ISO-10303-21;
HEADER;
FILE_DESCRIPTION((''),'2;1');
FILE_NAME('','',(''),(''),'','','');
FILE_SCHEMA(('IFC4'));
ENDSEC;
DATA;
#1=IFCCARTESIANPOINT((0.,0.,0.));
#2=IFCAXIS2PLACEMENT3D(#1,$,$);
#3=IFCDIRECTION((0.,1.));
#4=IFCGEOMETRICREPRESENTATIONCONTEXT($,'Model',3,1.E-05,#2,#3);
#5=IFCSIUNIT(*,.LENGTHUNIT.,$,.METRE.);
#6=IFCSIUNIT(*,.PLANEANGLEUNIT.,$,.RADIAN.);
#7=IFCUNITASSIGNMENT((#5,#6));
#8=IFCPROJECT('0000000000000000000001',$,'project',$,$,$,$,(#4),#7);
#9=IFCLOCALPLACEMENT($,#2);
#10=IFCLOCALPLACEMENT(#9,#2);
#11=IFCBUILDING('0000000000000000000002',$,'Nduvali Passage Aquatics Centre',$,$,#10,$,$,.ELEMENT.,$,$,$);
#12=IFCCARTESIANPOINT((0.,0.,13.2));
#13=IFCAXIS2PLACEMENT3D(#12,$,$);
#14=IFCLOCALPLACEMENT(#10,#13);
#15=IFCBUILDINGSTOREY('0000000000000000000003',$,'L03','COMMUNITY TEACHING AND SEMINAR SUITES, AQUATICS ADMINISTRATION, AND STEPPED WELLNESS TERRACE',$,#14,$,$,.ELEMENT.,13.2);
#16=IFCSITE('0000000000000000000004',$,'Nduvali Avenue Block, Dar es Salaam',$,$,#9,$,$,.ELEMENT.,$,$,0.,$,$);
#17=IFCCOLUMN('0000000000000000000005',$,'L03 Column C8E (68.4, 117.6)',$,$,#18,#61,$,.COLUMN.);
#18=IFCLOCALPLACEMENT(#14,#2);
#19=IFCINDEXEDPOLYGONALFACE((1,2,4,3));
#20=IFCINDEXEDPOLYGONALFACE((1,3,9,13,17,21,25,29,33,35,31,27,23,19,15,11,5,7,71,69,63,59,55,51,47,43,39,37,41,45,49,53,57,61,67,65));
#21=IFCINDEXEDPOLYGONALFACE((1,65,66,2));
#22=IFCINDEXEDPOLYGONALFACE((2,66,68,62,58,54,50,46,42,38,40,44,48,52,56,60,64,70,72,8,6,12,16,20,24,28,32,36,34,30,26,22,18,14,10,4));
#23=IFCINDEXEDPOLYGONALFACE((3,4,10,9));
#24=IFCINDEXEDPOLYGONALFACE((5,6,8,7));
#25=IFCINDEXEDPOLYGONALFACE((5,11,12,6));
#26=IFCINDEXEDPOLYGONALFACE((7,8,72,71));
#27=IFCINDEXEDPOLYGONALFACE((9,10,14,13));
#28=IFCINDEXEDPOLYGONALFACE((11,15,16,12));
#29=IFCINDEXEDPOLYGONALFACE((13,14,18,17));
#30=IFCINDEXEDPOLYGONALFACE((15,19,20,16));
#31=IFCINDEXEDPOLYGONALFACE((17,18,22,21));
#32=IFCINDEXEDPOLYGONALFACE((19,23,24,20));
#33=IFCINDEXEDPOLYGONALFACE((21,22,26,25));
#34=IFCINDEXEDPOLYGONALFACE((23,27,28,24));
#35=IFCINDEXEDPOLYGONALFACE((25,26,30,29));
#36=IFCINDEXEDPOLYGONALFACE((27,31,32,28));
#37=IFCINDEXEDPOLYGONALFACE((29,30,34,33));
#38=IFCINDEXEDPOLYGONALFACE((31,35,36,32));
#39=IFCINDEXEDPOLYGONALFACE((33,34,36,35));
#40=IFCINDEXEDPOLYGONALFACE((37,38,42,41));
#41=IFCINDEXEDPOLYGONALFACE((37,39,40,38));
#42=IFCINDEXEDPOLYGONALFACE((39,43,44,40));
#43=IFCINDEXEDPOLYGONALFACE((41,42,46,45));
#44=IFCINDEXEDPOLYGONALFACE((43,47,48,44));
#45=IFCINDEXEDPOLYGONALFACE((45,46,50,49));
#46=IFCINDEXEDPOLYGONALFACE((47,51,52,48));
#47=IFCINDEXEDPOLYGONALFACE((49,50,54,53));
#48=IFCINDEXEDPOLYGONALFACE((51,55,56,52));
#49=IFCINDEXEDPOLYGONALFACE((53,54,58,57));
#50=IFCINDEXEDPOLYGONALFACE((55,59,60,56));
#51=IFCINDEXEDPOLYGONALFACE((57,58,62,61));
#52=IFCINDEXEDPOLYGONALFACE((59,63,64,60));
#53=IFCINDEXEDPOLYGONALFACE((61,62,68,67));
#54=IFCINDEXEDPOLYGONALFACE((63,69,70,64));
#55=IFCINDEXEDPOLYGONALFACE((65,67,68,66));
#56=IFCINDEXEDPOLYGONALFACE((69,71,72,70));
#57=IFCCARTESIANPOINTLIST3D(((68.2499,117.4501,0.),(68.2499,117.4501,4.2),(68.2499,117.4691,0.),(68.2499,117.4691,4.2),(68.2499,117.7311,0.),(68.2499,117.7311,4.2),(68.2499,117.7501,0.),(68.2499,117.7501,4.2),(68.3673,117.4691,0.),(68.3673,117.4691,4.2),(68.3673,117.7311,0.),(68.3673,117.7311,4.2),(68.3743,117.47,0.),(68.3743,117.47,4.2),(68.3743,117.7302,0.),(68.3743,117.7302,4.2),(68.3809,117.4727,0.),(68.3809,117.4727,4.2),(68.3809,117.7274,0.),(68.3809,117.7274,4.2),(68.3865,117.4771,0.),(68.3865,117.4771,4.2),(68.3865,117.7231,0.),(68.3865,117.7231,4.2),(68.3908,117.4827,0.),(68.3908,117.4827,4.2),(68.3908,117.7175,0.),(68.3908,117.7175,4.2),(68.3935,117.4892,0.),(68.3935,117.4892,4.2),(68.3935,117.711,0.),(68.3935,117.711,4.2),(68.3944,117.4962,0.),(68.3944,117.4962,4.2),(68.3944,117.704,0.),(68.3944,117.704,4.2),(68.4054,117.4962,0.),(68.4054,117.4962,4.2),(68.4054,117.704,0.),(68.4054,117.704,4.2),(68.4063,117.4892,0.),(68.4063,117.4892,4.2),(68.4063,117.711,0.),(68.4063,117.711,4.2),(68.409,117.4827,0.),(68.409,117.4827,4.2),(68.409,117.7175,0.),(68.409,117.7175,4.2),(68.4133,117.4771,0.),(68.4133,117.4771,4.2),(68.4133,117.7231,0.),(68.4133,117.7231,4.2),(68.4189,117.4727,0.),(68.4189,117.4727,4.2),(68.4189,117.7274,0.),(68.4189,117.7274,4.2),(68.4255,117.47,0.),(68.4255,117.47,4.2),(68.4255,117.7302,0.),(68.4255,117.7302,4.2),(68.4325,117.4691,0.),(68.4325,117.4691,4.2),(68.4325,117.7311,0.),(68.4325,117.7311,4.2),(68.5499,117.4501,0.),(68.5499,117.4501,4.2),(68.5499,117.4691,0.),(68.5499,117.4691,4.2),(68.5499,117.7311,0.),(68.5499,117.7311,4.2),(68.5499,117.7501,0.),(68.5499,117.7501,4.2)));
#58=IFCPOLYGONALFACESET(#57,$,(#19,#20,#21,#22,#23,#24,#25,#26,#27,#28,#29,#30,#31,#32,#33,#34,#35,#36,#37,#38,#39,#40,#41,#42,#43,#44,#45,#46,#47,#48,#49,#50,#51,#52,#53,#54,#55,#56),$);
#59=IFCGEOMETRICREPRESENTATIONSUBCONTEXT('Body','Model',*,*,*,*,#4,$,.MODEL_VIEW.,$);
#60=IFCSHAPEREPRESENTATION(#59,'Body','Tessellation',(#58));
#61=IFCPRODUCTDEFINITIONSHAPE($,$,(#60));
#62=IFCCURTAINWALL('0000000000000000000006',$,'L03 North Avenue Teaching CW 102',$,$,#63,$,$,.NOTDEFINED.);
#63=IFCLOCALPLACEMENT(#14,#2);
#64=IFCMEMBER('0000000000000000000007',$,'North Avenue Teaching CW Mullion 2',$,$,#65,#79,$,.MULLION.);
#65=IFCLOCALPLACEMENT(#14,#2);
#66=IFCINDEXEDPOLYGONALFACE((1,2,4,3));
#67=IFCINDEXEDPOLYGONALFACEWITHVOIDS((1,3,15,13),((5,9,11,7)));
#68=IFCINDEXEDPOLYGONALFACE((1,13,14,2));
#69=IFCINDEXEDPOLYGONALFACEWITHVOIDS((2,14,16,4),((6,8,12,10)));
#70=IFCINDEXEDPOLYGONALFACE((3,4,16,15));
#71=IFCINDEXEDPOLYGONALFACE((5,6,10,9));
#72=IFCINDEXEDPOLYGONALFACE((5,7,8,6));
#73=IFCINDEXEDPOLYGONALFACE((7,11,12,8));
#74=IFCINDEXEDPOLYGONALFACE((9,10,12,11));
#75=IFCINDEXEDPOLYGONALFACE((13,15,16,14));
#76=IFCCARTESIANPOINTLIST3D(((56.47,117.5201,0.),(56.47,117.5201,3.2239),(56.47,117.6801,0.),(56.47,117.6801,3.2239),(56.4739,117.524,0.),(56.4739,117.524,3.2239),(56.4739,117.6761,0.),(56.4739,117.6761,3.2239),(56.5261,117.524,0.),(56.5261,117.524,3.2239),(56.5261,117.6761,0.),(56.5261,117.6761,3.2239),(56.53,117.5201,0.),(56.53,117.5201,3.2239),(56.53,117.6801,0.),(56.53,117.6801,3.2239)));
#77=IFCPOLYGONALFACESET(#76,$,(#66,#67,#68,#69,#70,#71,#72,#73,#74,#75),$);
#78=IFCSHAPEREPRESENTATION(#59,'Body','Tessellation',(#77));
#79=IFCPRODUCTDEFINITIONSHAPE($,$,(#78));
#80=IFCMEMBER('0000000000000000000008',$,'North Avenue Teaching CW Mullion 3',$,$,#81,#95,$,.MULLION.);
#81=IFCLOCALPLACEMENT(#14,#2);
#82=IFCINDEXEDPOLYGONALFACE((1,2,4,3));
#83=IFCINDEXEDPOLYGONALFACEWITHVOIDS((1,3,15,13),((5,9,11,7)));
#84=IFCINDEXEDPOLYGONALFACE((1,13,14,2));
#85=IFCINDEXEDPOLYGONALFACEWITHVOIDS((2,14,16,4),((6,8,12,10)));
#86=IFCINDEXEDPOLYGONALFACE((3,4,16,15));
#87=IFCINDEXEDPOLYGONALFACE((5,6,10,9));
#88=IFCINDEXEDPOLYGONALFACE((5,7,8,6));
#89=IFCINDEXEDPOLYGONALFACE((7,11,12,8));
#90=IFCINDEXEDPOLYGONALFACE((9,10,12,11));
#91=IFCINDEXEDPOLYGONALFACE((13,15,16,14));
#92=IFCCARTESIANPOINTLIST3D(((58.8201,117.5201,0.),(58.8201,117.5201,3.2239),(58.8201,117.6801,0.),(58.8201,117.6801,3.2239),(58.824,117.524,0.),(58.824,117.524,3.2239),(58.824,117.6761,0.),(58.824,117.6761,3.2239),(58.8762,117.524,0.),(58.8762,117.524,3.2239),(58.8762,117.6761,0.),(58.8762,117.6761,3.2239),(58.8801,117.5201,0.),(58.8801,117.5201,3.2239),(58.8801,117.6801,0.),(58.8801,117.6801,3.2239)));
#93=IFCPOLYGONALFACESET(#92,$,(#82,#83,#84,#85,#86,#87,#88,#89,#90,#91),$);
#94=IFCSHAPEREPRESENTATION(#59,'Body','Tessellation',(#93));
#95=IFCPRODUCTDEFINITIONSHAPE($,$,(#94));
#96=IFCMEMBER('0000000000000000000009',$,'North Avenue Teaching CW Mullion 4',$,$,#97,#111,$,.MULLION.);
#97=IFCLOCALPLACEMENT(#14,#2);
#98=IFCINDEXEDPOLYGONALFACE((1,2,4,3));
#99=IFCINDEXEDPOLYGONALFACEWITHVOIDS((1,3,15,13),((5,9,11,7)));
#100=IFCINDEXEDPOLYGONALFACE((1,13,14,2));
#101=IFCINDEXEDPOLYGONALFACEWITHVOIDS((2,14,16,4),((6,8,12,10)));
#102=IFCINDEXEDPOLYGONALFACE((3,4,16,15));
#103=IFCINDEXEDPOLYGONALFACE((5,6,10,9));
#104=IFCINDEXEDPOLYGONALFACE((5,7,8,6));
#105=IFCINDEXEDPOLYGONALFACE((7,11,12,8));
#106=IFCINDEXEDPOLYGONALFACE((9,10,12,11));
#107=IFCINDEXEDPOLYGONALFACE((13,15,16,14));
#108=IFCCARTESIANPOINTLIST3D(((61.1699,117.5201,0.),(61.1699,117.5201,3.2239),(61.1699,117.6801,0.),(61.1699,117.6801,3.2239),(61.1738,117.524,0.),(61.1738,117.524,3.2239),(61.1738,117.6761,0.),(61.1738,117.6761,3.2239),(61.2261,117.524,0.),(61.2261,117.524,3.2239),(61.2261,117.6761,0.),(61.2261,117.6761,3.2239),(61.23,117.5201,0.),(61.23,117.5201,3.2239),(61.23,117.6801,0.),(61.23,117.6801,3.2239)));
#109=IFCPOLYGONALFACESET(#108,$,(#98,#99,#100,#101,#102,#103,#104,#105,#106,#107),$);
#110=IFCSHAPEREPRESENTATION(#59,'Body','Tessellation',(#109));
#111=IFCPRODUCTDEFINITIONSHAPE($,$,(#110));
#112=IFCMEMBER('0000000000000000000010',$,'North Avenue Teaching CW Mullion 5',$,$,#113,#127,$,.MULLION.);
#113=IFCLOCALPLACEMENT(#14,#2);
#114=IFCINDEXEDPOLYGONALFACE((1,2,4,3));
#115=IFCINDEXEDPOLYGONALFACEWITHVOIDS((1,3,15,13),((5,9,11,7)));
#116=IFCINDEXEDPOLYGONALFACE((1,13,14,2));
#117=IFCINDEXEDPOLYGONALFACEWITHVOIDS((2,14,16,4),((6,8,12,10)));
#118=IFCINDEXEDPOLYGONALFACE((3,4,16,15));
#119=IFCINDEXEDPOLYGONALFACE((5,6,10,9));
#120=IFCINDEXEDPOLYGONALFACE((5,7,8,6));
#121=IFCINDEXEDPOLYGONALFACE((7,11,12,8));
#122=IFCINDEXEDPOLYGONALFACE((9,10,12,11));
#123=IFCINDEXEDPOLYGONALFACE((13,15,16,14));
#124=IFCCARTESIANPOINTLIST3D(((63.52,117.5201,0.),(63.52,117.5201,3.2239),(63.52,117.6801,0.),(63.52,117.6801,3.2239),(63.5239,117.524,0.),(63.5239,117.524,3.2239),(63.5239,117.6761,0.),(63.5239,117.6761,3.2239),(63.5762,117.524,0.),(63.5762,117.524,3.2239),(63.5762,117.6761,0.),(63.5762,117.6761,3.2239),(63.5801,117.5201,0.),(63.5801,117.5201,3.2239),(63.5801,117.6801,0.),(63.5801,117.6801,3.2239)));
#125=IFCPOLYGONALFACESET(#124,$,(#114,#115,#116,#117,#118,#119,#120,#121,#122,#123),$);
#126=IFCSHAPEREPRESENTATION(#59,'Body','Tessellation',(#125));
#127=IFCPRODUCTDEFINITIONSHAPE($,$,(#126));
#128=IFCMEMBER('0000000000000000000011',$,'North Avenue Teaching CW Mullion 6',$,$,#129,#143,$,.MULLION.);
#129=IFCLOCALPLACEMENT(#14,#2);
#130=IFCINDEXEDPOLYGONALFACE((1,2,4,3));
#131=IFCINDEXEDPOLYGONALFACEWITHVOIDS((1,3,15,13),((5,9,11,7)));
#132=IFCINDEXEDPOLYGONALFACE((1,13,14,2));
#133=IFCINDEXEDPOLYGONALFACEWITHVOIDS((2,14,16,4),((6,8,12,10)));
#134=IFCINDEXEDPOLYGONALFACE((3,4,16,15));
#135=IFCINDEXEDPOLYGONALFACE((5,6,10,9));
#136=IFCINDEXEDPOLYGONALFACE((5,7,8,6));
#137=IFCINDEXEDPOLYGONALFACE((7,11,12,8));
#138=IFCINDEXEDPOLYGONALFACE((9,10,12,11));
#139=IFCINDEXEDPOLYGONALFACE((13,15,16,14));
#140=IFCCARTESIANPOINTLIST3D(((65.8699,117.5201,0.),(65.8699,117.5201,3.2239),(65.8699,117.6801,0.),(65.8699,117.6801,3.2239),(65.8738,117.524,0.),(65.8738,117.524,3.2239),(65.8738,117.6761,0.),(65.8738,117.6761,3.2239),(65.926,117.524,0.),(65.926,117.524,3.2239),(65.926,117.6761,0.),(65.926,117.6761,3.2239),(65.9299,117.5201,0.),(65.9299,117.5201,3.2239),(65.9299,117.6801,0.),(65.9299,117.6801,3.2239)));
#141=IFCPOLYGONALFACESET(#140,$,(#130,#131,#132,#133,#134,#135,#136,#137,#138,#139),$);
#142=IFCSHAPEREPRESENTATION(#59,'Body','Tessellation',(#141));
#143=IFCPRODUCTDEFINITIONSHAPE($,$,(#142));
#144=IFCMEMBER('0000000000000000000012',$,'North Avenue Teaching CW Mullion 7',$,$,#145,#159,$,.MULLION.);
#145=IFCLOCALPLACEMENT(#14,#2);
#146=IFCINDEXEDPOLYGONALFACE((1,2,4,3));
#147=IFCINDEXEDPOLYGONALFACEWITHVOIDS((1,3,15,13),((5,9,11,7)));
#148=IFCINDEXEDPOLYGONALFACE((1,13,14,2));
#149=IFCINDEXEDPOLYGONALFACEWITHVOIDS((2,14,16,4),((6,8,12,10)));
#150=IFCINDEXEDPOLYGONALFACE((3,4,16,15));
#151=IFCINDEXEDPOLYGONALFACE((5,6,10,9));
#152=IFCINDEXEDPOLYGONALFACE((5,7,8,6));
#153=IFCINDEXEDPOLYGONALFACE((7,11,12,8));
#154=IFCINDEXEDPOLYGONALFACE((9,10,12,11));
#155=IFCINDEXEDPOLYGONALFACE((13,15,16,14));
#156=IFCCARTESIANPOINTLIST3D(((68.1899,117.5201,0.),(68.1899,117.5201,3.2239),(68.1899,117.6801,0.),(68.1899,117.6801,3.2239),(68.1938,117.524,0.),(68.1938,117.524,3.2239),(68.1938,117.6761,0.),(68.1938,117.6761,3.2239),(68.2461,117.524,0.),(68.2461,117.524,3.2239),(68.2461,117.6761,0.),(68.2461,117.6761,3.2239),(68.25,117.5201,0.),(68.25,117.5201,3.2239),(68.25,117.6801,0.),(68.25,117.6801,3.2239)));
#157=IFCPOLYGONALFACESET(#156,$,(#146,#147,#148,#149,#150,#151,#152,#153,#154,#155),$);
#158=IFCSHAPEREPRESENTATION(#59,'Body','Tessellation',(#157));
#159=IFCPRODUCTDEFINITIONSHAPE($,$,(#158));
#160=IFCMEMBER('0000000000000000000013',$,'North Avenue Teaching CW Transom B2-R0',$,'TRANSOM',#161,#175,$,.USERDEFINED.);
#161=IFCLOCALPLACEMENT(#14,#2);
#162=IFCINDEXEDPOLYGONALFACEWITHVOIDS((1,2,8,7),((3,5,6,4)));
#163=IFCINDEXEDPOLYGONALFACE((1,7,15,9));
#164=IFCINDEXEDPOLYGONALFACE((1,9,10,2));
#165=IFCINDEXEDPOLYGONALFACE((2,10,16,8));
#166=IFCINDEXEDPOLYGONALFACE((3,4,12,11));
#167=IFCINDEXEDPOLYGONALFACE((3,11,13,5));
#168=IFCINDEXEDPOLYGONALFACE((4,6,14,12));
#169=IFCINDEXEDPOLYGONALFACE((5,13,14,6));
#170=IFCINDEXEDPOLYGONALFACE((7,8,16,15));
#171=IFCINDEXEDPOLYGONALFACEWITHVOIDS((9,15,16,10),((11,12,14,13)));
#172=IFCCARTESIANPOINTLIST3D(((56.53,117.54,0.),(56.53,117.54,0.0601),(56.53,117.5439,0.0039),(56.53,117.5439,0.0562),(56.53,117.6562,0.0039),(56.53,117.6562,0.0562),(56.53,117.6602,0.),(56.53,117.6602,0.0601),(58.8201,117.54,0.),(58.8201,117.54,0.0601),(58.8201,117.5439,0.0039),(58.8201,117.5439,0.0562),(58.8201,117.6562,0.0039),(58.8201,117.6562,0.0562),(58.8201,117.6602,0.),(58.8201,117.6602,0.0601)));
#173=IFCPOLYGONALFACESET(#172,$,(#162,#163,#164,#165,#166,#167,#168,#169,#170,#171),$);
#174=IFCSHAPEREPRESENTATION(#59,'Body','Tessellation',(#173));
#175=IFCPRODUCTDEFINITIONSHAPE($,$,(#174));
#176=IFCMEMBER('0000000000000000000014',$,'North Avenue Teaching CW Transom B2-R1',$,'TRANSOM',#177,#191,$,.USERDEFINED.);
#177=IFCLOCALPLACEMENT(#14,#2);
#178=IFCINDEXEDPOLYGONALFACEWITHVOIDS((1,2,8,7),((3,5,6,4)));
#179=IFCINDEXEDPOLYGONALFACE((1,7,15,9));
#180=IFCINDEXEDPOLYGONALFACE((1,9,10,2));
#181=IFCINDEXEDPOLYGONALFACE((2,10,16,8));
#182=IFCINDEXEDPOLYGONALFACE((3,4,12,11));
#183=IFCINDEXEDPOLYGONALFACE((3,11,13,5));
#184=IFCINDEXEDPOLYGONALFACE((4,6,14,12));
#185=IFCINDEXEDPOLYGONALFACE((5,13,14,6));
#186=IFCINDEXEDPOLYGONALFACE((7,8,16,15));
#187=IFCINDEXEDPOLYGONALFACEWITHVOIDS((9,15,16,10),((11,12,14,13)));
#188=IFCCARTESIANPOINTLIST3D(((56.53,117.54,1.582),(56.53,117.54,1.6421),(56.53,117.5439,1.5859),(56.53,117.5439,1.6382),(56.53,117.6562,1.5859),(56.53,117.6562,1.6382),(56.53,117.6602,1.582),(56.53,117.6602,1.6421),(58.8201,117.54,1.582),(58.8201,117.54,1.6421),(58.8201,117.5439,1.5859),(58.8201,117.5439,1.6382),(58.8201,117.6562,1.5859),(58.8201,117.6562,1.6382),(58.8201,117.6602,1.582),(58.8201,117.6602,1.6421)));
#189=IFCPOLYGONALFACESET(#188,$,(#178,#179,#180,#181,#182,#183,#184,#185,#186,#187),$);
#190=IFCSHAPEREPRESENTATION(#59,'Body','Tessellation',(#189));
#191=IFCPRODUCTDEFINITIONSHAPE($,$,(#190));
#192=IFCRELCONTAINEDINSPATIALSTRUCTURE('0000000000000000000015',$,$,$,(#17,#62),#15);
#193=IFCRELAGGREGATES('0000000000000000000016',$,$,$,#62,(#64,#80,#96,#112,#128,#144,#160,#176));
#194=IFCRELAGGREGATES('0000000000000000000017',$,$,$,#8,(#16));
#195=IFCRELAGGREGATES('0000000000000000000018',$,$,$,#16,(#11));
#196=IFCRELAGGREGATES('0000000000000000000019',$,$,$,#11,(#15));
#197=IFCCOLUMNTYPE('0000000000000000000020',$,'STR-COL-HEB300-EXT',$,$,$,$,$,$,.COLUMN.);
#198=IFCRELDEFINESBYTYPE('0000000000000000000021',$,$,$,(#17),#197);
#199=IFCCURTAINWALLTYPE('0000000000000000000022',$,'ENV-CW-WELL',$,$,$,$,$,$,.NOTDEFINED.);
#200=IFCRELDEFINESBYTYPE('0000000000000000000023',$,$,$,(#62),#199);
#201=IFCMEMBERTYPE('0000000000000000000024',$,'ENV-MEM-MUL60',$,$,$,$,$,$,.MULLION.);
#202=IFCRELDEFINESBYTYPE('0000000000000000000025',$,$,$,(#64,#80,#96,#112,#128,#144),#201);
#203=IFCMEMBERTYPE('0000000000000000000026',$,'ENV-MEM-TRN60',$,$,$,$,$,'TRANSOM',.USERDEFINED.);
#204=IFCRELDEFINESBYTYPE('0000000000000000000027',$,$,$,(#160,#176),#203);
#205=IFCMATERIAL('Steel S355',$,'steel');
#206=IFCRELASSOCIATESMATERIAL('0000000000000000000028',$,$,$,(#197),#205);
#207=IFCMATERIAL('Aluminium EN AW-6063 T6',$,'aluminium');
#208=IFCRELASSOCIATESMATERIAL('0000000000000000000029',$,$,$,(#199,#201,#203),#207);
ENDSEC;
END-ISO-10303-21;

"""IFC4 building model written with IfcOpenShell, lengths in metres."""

from ifc_helpers import new_model, si_unit, direction, frame, origin, origin_2d, place, context, subcontext, project, spatial, hollow_rectangle, i_section, extrude, material, material_profile, profile_set, type_object, element, aggregate, save


model = new_model("IFC4")

# Units and contexts
model_context = context("Model", 3, precision=1e-05, world=origin(), true_north=direction((0.0, 1.0)))
body_context = subcontext(model_context, "Body", "Model", "MODEL_VIEW")
ifc_project = project(units=[si_unit("LENGTHUNIT", "METRE"), si_unit("PLANEANGLEUNIT", "RADIAN")], contexts=[model_context])

# Site, building, storey
site_placement = place(None, origin())
site = spatial("IfcSite", under=ifc_project, at=site_placement, Name="Nduvali Avenue Block, Dar es Salaam", CompositionType="ELEMENT", RefElevation=0.0)
building_placement = place(site_placement, origin())
building = spatial("IfcBuilding", under=site, at=building_placement, Name="Nduvali Passage Aquatics Centre", CompositionType="ELEMENT")
storey_placement = place(building_placement, frame((0.0, 0.0, 13.2)))
storey = spatial("IfcBuildingStorey", under=building, at=storey_placement, Name="L03", Description="COMMUNITY TEACHING AND SEMINAR SUITES, AQUATICS ADMINISTRATION, AND STEPPED WELLNESS TERRACE", CompositionType="ELEMENT", Elevation=13.2)

# Column
ifc_material_1 = material(Name="Steel S355", Category="steel")
ifc_material_profile_1 = material_profile(ifc_material_1, i_section(OverallWidth=0.3, OverallDepth=0.3, WebThickness=0.011, FlangeThickness=0.019, FilletRadius=0.0271, at=origin_2d()), Name="HEB 300")
ifc_profile_set_1 = profile_set([ifc_material_profile_1], Name="Steel S355")
column_type = type_object("IfcColumnType", Name="STR-COL-HEB300-EXT", PredefinedType="COLUMN", material=ifc_profile_set_1)
column_placement = place(storey_placement, frame((68.3999, 117.6001, 0.0), z_axis=(0.0, 0.0, 1.0), x_axis=(1.0, 0.0, 0.0)))
element("IfcColumn", 1, at=column_placement, inside=storey, type_object=column_type, Name="L03 Column C8E (68.4, 117.6)", PredefinedType="COLUMN", context=body_context, shape_type="SweptSolid", body=[
    extrude(i_section(OverallWidth=0.3, OverallDepth=0.3, WebThickness=0.011, FlangeThickness=0.019, FilletRadius=0.0271, at=origin_2d()), origin(), (0.0, 0.0, 1.0), 4.2),
])

# Curtain wall, members
ifc_material_2 = material(Name="Aluminium EN AW-6063 T6", Category="aluminium")
curtain_wall_type = type_object("IfcCurtainWallType", Name="ENV-CW-WELL", PredefinedType="NOTDEFINED", material=ifc_material_2)
curtain_wall_placement = place(storey_placement, origin())
curtain_wall = element("IfcCurtainWall", 2, at=curtain_wall_placement, inside=storey, type_object=curtain_wall_type, Name="L03 North Avenue Teaching CW 102", PredefinedType="NOTDEFINED")
ifc_material_profile_2 = material_profile(ifc_material_2, hollow_rectangle(XDim=0.0601, YDim=0.1599, WallThickness=0.0039, at=origin_2d()), Name="ALU MULLION 60x160x4")
ifc_profile_set_2 = profile_set([ifc_material_profile_2], Name="Aluminium EN AW-6063 T6")
member_type_1 = type_object("IfcMemberType", Name="ENV-MEM-MUL60", PredefinedType="MULLION", material=ifc_profile_set_2)
member_1_placement = place(storey_placement, frame((56.5, 117.6001, 0.0), z_axis=(0.0, 0.0, 1.0), x_axis=(1.0, 0.0, 0.0)))
member_1 = element("IfcMember", 3, at=member_1_placement, type_object=member_type_1, Name="North Avenue Teaching CW Mullion 2", PredefinedType="MULLION", context=body_context, shape_type="SweptSolid", body=[
    extrude(hollow_rectangle(XDim=0.0601, YDim=0.1599, WallThickness=0.0039, at=origin_2d()), origin(), (0.0, 0.0, 1.0), 3.2239),
])
member_2_placement = place(storey_placement, frame((58.8501, 117.6001, 0.0), z_axis=(0.0, 0.0, 1.0), x_axis=(1.0, 0.0, 0.0)))
member_2 = element("IfcMember", 4, at=member_2_placement, type_object=member_type_1, Name="North Avenue Teaching CW Mullion 3", PredefinedType="MULLION", context=body_context, shape_type="SweptSolid", body=[
    extrude(hollow_rectangle(XDim=0.0601, YDim=0.1599, WallThickness=0.0039, at=origin_2d()), origin(), (0.0, 0.0, 1.0), 3.2239),
])
member_3_placement = place(storey_placement, frame((61.2, 117.6001, 0.0), z_axis=(0.0, 0.0, 1.0), x_axis=(1.0, 0.0, 0.0)))
member_3 = element("IfcMember", 5, at=member_3_placement, type_object=member_type_1, Name="North Avenue Teaching CW Mullion 4", PredefinedType="MULLION", context=body_context, shape_type="SweptSolid", body=[
    extrude(hollow_rectangle(XDim=0.0601, YDim=0.1599, WallThickness=0.0039, at=origin_2d()), origin(), (0.0, 0.0, 1.0), 3.2239),
])
member_4_placement = place(storey_placement, frame((63.55, 117.6001, 0.0), z_axis=(0.0, 0.0, 1.0), x_axis=(1.0, 0.0, 0.0)))
member_4 = element("IfcMember", 6, at=member_4_placement, type_object=member_type_1, Name="North Avenue Teaching CW Mullion 5", PredefinedType="MULLION", context=body_context, shape_type="SweptSolid", body=[
    extrude(hollow_rectangle(XDim=0.0601, YDim=0.1599, WallThickness=0.0039, at=origin_2d()), origin(), (0.0, 0.0, 1.0), 3.2239),
])
member_5_placement = place(storey_placement, frame((65.8999, 117.6001, 0.0), z_axis=(0.0, 0.0, 1.0), x_axis=(1.0, 0.0, 0.0)))
member_5 = element("IfcMember", 7, at=member_5_placement, type_object=member_type_1, Name="North Avenue Teaching CW Mullion 6", PredefinedType="MULLION", context=body_context, shape_type="SweptSolid", body=[
    extrude(hollow_rectangle(XDim=0.0601, YDim=0.1599, WallThickness=0.0039, at=origin_2d()), origin(), (0.0, 0.0, 1.0), 3.2239),
])
member_6_placement = place(storey_placement, frame((68.22, 117.6001, 0.0), z_axis=(0.0, 0.0, 1.0), x_axis=(1.0, 0.0, 0.0)))
member_6 = element("IfcMember", 8, at=member_6_placement, type_object=member_type_1, Name="North Avenue Teaching CW Mullion 7", PredefinedType="MULLION", context=body_context, shape_type="SweptSolid", body=[
    extrude(hollow_rectangle(XDim=0.0601, YDim=0.1599, WallThickness=0.0039, at=origin_2d()), origin(), (0.0, 0.0, 1.0), 3.2239),
])
ifc_material_profile_3 = material_profile(ifc_material_2, hollow_rectangle(XDim=0.1201, YDim=0.0601, WallThickness=0.0039, at=origin_2d()), Name="ALU TRANSOM 120x60x4")
ifc_profile_set_3 = profile_set([ifc_material_profile_3], Name="Aluminium EN AW-6063 T6")
member_type_2 = type_object("IfcMemberType", Name="ENV-MEM-TRN60", ElementType="TRANSOM", PredefinedType="USERDEFINED", material=ifc_profile_set_3)
member_7_placement = place(storey_placement, frame((56.53, 117.6001, 0.03), z_axis=(1.0, 0.0, 0.0), x_axis=(0.0, 1.0, 0.0)))
member_7 = element("IfcMember", 9, at=member_7_placement, type_object=member_type_2, Name="North Avenue Teaching CW Transom B2-R0", ObjectType="TRANSOM", PredefinedType="USERDEFINED", context=body_context, shape_type="SweptSolid", body=[
    extrude(hollow_rectangle(XDim=0.1201, YDim=0.0601, WallThickness=0.0039, at=origin_2d()), origin(), (0.0, 0.0, 1.0), 2.29),
])
member_8_placement = place(storey_placement, frame((56.53, 117.6001, 1.6121), z_axis=(1.0, 0.0, 0.0), x_axis=(0.0, 1.0, 0.0)))
member_8 = element("IfcMember", 10, at=member_8_placement, type_object=member_type_2, Name="North Avenue Teaching CW Transom B2-R1", ObjectType="TRANSOM", PredefinedType="USERDEFINED", context=body_context, shape_type="SweptSolid", body=[
    extrude(hollow_rectangle(XDim=0.1201, YDim=0.0601, WallThickness=0.0039, at=origin_2d()), origin(), (0.0, 0.0, 1.0), 2.29),
])
aggregate(curtain_wall, [member_1, member_2, member_3, member_4, member_5, member_6, member_7, member_8])

save(model, "model.ifc")
